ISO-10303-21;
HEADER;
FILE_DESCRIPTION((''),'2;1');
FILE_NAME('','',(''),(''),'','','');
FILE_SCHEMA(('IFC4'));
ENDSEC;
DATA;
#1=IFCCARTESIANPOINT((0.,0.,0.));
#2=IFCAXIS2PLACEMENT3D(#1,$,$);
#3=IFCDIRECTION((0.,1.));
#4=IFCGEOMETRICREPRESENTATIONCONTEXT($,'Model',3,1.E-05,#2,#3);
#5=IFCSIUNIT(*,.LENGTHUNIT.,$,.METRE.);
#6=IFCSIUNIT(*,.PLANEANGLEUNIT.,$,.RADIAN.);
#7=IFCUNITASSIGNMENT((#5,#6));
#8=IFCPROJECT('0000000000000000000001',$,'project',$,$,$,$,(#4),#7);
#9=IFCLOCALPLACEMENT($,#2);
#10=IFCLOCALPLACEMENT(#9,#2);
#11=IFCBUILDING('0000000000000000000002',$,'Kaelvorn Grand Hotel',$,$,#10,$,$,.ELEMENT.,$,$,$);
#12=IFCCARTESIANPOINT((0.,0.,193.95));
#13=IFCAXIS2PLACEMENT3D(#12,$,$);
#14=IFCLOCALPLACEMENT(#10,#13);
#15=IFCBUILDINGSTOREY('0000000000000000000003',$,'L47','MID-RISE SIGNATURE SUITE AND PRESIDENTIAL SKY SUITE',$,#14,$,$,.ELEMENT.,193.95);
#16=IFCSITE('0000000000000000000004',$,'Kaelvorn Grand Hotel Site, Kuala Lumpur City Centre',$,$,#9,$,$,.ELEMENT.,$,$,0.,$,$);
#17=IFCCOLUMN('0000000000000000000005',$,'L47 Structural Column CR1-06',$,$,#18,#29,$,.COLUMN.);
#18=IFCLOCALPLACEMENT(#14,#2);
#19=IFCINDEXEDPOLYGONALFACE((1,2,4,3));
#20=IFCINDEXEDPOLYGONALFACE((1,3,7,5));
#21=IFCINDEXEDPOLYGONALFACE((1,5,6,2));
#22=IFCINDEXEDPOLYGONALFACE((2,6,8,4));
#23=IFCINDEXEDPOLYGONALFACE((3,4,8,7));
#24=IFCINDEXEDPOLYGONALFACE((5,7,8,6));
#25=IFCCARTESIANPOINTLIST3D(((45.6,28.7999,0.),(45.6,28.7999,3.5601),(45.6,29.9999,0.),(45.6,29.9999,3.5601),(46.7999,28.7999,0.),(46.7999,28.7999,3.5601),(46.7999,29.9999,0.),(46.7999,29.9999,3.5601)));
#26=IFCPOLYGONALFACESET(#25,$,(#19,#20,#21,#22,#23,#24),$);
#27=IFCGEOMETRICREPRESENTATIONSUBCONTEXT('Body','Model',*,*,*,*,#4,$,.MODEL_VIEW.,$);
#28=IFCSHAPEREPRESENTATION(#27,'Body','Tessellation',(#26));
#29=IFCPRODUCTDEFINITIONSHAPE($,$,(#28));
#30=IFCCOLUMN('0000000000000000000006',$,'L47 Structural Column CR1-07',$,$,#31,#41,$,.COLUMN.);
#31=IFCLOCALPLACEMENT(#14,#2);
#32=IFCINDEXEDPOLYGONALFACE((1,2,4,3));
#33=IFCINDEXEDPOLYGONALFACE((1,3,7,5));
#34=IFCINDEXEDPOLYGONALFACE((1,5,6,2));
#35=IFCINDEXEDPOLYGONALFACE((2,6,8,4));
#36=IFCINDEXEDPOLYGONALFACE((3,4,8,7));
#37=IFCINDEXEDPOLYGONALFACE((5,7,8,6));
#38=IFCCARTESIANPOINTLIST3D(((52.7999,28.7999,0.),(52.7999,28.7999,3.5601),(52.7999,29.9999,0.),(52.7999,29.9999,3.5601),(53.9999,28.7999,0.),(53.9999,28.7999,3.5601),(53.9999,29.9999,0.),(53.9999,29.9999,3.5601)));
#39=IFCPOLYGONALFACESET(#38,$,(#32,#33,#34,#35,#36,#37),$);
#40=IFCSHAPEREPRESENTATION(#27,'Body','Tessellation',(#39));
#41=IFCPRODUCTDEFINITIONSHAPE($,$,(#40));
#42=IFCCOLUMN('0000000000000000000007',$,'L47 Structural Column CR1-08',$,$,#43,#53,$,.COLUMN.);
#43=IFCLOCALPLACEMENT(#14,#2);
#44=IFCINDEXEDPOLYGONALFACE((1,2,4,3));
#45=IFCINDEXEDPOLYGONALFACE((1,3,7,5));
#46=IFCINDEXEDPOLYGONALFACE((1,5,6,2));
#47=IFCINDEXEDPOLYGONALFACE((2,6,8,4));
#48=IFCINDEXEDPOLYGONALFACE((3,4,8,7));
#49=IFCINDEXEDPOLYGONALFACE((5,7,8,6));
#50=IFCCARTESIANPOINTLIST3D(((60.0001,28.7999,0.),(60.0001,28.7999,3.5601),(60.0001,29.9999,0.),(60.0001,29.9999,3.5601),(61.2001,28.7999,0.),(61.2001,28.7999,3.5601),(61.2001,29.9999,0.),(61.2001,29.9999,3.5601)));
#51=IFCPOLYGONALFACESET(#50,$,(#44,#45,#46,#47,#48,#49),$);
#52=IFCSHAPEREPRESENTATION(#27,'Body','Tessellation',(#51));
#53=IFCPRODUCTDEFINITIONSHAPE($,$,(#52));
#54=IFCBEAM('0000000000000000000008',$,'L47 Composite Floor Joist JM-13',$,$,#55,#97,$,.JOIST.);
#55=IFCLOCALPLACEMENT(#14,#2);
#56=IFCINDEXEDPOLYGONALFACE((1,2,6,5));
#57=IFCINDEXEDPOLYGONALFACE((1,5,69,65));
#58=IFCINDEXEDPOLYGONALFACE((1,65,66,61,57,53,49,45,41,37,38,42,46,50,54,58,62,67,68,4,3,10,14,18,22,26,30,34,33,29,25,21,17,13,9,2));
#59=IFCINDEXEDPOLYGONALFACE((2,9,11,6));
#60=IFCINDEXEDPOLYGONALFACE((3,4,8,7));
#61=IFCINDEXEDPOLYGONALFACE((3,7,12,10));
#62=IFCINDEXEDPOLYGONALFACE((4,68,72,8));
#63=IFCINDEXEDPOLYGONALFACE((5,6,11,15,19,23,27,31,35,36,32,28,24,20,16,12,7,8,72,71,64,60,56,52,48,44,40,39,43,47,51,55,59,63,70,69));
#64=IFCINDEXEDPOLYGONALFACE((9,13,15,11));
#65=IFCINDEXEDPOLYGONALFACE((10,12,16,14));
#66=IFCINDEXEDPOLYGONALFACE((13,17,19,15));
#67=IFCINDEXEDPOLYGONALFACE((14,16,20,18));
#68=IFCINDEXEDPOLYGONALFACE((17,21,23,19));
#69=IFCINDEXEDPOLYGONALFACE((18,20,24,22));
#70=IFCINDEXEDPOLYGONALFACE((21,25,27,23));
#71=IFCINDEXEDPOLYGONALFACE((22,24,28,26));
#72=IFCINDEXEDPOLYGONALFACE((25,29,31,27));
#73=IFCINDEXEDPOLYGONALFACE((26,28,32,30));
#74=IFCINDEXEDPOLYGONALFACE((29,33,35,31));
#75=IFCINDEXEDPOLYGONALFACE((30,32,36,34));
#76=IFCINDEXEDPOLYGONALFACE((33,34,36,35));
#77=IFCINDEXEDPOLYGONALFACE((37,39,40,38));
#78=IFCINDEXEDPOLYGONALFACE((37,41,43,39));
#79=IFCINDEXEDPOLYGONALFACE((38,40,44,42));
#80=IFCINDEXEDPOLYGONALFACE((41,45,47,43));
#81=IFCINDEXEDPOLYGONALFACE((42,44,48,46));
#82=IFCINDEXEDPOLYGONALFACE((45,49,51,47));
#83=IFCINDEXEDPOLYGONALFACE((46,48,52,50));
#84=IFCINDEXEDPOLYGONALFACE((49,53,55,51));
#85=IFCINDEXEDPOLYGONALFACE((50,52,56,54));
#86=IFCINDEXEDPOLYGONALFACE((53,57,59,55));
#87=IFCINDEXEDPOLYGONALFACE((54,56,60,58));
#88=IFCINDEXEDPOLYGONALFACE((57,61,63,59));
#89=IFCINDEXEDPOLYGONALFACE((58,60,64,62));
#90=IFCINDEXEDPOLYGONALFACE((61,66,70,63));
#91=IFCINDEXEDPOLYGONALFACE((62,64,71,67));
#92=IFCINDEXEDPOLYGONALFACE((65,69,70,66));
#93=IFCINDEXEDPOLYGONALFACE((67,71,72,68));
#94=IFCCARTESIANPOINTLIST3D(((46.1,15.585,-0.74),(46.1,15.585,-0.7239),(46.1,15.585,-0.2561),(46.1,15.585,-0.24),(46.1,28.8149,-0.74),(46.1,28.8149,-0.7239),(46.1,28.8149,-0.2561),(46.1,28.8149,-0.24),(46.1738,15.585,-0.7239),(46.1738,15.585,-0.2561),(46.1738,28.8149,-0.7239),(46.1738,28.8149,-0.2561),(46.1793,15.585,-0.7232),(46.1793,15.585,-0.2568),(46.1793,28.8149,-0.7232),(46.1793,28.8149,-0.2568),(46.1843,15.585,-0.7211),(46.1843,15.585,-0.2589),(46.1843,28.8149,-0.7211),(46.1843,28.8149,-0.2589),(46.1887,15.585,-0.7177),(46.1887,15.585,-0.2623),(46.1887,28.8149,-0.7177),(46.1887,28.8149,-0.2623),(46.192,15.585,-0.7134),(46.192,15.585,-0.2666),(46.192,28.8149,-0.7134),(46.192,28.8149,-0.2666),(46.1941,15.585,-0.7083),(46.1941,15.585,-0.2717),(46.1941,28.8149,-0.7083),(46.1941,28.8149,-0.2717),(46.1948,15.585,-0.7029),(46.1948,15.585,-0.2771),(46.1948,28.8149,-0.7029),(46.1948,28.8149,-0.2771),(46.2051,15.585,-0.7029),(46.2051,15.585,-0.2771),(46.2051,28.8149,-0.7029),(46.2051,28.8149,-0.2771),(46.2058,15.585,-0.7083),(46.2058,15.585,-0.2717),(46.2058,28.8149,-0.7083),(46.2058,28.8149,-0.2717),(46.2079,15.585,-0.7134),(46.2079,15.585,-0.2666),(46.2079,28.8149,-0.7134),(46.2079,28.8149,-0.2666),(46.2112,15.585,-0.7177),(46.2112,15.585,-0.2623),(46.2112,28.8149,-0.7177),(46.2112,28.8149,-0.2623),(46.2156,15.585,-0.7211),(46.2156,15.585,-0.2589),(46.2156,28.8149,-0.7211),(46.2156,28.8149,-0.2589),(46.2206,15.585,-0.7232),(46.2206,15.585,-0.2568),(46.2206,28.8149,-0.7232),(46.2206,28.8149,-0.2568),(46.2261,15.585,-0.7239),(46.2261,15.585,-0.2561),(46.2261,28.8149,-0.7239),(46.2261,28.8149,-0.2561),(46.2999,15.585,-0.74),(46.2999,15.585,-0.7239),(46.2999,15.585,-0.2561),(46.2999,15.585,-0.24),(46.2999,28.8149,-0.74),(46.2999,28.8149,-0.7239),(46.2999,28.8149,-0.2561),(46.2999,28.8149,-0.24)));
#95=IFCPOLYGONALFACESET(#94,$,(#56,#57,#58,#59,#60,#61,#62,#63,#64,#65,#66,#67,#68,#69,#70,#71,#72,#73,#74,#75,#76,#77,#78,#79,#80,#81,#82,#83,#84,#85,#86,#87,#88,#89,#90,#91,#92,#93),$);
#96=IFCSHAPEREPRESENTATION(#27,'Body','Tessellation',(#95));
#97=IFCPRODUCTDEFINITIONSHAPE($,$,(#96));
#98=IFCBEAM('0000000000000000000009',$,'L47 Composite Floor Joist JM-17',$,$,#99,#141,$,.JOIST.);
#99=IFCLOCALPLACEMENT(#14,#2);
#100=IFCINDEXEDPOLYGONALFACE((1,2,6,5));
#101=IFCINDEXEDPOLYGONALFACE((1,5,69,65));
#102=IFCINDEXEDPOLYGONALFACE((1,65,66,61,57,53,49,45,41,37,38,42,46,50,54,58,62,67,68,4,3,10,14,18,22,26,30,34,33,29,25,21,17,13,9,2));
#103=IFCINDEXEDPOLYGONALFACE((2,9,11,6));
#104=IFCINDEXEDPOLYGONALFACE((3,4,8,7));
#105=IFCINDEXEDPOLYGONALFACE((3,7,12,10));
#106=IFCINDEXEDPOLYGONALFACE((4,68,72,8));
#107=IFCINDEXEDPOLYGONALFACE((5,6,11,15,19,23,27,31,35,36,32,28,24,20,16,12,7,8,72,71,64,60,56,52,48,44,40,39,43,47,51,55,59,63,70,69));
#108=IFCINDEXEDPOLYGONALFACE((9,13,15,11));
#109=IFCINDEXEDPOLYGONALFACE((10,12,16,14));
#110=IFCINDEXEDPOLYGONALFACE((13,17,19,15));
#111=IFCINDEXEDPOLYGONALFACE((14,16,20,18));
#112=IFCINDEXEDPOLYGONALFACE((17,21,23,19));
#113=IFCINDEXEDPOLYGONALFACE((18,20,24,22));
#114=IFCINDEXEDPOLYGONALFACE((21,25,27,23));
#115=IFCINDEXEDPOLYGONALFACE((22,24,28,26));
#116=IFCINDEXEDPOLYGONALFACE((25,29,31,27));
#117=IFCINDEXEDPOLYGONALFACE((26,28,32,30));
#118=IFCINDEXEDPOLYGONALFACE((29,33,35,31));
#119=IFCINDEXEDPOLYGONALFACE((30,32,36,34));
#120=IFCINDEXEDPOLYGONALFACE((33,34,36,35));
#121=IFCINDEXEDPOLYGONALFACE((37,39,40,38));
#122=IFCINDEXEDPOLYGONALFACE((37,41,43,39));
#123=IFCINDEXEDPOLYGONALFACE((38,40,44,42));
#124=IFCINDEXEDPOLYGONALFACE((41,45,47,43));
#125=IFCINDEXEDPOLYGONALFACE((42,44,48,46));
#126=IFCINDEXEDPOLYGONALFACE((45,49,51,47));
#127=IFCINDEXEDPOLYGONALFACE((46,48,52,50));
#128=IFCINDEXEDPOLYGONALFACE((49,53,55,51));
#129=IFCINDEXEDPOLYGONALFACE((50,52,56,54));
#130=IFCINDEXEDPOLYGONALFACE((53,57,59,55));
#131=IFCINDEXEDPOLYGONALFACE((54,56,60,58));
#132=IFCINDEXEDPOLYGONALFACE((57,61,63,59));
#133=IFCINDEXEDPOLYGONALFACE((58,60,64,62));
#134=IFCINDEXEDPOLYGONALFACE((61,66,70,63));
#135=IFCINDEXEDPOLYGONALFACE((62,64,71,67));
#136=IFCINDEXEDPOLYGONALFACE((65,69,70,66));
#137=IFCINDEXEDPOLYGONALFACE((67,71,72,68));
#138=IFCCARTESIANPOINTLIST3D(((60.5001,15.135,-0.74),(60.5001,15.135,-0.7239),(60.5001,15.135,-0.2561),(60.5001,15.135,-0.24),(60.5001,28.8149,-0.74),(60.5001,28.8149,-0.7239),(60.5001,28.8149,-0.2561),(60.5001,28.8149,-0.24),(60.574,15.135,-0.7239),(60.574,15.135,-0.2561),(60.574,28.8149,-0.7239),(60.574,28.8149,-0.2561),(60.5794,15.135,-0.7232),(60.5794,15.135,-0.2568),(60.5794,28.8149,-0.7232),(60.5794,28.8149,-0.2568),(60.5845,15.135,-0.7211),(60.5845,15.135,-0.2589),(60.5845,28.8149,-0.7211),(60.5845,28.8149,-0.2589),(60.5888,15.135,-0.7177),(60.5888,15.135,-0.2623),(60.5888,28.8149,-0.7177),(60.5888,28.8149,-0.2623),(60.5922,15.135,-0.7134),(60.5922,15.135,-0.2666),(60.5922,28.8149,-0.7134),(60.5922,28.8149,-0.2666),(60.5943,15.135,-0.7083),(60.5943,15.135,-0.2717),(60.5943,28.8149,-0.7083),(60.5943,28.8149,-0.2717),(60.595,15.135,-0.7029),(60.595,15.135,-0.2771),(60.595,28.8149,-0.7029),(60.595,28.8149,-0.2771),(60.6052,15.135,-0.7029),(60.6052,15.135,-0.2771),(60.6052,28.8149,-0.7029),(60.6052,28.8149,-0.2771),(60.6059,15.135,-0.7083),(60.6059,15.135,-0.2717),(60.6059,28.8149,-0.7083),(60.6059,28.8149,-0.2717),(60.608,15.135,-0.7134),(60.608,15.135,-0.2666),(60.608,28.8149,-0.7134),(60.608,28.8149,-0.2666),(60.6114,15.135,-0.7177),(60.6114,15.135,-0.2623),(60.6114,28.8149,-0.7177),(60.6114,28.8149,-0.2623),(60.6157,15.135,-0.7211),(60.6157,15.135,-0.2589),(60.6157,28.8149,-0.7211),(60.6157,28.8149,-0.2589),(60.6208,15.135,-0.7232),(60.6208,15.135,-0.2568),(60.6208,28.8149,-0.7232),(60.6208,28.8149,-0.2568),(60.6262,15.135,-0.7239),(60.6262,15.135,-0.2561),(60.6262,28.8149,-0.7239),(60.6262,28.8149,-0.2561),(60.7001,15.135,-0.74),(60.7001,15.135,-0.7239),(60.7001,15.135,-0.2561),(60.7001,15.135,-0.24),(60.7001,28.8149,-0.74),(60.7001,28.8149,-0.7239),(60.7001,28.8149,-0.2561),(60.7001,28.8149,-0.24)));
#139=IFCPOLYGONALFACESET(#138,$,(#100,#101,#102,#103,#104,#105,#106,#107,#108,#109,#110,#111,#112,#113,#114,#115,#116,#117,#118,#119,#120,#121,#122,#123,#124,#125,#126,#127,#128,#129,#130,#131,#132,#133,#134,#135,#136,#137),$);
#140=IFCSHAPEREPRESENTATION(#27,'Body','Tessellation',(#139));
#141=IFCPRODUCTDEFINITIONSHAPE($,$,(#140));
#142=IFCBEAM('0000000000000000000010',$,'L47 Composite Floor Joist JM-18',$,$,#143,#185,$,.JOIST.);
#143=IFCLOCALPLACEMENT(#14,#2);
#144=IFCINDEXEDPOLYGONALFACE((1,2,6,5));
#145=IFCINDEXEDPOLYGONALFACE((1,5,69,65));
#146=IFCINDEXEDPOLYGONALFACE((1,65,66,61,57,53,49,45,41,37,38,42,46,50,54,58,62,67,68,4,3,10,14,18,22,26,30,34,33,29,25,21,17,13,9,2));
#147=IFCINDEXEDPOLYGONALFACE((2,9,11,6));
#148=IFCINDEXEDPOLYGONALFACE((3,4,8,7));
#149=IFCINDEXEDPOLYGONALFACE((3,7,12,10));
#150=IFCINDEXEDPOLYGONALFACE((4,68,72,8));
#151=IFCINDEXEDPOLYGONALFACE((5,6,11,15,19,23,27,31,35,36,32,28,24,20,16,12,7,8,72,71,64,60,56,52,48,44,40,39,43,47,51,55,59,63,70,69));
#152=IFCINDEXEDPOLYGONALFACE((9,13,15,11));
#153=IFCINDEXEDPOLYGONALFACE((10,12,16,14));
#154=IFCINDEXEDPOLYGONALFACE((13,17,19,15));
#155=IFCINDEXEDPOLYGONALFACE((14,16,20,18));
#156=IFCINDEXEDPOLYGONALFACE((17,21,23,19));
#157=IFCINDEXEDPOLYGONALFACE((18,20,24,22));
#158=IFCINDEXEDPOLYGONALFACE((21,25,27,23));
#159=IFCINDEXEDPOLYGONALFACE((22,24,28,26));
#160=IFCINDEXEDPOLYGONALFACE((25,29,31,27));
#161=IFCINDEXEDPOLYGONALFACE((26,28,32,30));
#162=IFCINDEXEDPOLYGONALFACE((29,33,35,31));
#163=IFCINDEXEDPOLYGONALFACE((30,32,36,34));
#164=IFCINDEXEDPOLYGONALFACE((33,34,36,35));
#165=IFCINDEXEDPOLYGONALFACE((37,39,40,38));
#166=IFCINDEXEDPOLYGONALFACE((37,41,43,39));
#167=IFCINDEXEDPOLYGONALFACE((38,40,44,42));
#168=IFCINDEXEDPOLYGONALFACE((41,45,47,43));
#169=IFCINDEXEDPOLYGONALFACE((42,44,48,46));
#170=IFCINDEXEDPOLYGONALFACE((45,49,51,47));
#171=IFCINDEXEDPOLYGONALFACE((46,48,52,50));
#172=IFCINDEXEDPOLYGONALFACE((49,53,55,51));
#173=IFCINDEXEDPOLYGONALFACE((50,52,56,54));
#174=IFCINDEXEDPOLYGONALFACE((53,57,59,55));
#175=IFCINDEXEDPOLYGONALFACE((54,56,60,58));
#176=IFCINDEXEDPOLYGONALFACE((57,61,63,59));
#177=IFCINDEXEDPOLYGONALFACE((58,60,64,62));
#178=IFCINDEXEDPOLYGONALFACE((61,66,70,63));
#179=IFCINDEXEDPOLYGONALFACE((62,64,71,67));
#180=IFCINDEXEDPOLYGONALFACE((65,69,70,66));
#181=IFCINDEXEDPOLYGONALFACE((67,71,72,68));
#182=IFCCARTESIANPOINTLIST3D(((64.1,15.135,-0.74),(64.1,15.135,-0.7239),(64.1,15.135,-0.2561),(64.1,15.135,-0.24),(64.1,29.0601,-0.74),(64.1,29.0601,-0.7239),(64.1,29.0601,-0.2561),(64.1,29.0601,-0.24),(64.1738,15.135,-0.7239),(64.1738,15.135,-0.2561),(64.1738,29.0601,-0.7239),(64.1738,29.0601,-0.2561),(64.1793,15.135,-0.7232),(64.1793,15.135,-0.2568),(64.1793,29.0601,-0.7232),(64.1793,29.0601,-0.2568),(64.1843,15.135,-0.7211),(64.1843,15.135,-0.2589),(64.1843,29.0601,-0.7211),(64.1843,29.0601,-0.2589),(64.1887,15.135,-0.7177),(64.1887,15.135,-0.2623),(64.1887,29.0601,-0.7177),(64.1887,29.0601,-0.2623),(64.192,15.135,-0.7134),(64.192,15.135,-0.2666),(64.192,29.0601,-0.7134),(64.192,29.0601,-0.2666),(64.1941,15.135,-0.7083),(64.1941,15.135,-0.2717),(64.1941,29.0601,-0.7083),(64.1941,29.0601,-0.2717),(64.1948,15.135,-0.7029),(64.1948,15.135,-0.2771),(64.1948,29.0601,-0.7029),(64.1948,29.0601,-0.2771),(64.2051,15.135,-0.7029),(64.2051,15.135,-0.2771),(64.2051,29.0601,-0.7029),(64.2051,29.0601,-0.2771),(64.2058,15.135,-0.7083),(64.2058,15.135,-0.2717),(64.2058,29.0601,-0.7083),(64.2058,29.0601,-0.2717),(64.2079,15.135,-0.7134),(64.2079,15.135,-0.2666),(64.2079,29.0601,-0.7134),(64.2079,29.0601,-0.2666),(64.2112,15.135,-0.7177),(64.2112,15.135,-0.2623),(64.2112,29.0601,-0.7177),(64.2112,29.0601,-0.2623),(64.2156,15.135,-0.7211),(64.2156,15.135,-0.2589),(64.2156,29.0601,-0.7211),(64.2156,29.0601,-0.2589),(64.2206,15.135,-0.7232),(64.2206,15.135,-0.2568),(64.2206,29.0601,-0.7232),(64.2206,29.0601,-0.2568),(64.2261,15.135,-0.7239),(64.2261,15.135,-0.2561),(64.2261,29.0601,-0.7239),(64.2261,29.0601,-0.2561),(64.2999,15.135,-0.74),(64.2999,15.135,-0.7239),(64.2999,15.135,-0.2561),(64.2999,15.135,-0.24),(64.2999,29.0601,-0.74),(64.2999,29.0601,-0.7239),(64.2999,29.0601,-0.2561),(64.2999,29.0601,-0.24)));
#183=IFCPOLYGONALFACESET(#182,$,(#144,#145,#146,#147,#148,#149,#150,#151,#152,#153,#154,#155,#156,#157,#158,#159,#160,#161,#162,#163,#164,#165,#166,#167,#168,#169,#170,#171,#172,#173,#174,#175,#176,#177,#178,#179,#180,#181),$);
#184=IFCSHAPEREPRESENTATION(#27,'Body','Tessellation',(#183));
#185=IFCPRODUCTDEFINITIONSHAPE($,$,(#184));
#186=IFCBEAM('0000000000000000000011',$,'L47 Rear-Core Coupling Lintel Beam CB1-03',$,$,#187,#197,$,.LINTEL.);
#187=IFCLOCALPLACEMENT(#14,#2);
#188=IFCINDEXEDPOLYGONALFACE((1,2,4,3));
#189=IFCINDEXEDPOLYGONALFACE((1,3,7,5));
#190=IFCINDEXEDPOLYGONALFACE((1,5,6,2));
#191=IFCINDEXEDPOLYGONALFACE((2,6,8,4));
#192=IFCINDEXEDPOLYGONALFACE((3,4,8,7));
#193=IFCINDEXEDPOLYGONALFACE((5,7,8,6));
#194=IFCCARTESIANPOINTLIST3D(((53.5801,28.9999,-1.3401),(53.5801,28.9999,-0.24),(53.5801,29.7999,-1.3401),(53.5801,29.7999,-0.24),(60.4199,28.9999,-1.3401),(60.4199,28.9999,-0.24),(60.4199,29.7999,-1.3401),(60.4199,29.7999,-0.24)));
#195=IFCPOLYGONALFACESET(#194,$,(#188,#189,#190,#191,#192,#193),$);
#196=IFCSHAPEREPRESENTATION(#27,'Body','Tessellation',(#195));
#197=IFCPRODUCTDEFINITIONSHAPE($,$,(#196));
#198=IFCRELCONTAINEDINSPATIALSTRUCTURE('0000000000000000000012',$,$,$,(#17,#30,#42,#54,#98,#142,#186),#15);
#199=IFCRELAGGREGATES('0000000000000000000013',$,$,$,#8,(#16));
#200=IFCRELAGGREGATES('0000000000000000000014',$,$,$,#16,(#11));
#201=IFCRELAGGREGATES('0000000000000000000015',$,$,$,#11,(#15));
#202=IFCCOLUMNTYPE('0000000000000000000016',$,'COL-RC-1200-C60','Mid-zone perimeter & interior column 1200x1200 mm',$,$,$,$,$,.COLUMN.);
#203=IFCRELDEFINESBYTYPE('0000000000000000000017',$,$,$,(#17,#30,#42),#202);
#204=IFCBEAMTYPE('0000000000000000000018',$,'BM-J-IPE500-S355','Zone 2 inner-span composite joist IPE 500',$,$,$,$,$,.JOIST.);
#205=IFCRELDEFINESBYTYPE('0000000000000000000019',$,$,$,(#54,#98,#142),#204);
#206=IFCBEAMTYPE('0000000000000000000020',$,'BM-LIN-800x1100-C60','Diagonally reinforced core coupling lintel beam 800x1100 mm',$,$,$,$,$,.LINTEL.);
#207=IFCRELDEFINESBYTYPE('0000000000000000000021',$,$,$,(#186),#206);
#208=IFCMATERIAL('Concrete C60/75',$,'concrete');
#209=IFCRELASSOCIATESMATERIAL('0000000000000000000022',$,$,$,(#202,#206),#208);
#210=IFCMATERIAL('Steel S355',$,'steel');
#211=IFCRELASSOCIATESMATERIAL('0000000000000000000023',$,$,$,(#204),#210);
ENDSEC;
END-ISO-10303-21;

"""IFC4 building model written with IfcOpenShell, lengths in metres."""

from ifc_helpers import new_model, si_unit, direction, frame, origin, origin_2d, place, context, subcontext, project, spatial, rectangle, i_section, extrude, material, material_profile, profile_set, type_object, element, save


model = new_model("IFC4")

# Units and contexts
model_context = context("Model", 3, precision=1e-05, world=origin(), true_north=direction((0.0, 1.0)))
body_context = subcontext(model_context, "Body", "Model", "MODEL_VIEW")
ifc_project = project(units=[si_unit("LENGTHUNIT", "METRE"), si_unit("PLANEANGLEUNIT", "RADIAN")], contexts=[model_context])

# Site, building, storey
site_placement = place(None, origin())
site = spatial("IfcSite", under=ifc_project, at=site_placement, Name="Kaelvorn Grand Hotel Site, Kuala Lumpur City Centre", CompositionType="ELEMENT", RefElevation=0.0)
building_placement = place(site_placement, origin())
building = spatial("IfcBuilding", under=site, at=building_placement, Name="Kaelvorn Grand Hotel", CompositionType="ELEMENT")
storey_placement = place(building_placement, frame((0.0, 0.0, 193.95)))
storey = spatial("IfcBuildingStorey", under=building, at=storey_placement, Name="L47", Description="MID-RISE SIGNATURE SUITE AND PRESIDENTIAL SKY SUITE", CompositionType="ELEMENT", Elevation=193.95)

# Columns
ifc_material_1 = material(Name="Concrete C60/75", Category="concrete")
ifc_material_profile_1 = material_profile(ifc_material_1, rectangle(XDim=1.2, YDim=1.2, at=origin_2d()), Name="RC COL 1200x1200")
ifc_profile_set_1 = profile_set([ifc_material_profile_1], Name="Concrete C60/75")
column_type = type_object("IfcColumnType", Name="COL-RC-1200-C60", Description="Mid-zone perimeter & interior column 1200x1200 mm", PredefinedType="COLUMN", material=ifc_profile_set_1)
for number, where, z_axis, x_axis, name in (
    (1, (46.2, 29.3999, 0.0), (0.0, 0.0, 1.0), (1.0, 0.0, 0.0), "L47 Structural Column CR1-06"),
    (2, (53.3999, 29.3999, 0.0), (0.0, 0.0, 1.0), (1.0, 0.0, 0.0), "L47 Structural Column CR1-07"),
    (3, (60.6001, 29.3999, 0.0), (0.0, 0.0, 1.0), (1.0, 0.0, 0.0), "L47 Structural Column CR1-08"),
):
    element("IfcColumn", number, at=place(storey_placement, frame(where, z_axis=z_axis, x_axis=x_axis)), inside=storey, type_object=column_type, Name=name, PredefinedType="COLUMN", context=body_context, shape_type="SweptSolid", body=[
        extrude(rectangle(XDim=1.2, YDim=1.2, at=origin_2d()), origin(), (0.0, 0.0, 1.0), 3.5601),
    ])

# Beams
ifc_material_2 = material(Name="Steel S355", Category="steel")
ifc_material_profile_2 = material_profile(ifc_material_2, i_section(OverallWidth=0.2, OverallDepth=0.5, WebThickness=0.0103, FlangeThickness=0.0161, FilletRadius=0.021, at=origin_2d()), Name="IPE 500")
ifc_profile_set_2 = profile_set([ifc_material_profile_2], Name="Steel S355")
beam_type_1 = type_object("IfcBeamType", Name="BM-J-IPE500-S355", Description="Zone 2 inner-span composite joist IPE 500", PredefinedType="JOIST", material=ifc_profile_set_2)
beam_1_placement = place(storey_placement, frame((46.2, 15.585, -0.49), z_axis=(0.0, 1.0, 0.0), x_axis=(-1.0, 0.0, 0.0)))
element("IfcBeam", 4, at=beam_1_placement, inside=storey, type_object=beam_type_1, Name="L47 Composite Floor Joist JM-13", PredefinedType="JOIST", context=body_context, shape_type="SweptSolid", body=[
    extrude(i_section(OverallWidth=0.2, OverallDepth=0.5, WebThickness=0.0103, FlangeThickness=0.0161, FilletRadius=0.021, at=origin_2d()), origin(), (0.0, 0.0, 1.0), 13.23),
])
beam_2_placement = place(storey_placement, frame((60.6001, 15.135, -0.49), z_axis=(0.0, 1.0, 0.0), x_axis=(-1.0, 0.0, 0.0)))
element("IfcBeam", 5, at=beam_2_placement, inside=storey, type_object=beam_type_1, Name="L47 Composite Floor Joist JM-17", PredefinedType="JOIST", context=body_context, shape_type="SweptSolid", body=[
    extrude(i_section(OverallWidth=0.2, OverallDepth=0.5, WebThickness=0.0103, FlangeThickness=0.0161, FilletRadius=0.021, at=origin_2d()), origin(), (0.0, 0.0, 1.0), 13.6799),
])
beam_3_placement = place(storey_placement, frame((64.2, 15.135, -0.49), z_axis=(0.0, 1.0, 0.0), x_axis=(-1.0, 0.0, 0.0)))
element("IfcBeam", 6, at=beam_3_placement, inside=storey, type_object=beam_type_1, Name="L47 Composite Floor Joist JM-18", PredefinedType="JOIST", context=body_context, shape_type="SweptSolid", body=[
    extrude(i_section(OverallWidth=0.2, OverallDepth=0.5, WebThickness=0.0103, FlangeThickness=0.0161, FilletRadius=0.021, at=origin_2d()), origin(), (0.0, 0.0, 1.0), 13.925),
])
ifc_material_profile_3 = material_profile(ifc_material_1, rectangle(XDim=0.8, YDim=1.1001, at=origin_2d()), Name="RC LINTEL 800x1100")
ifc_profile_set_3 = profile_set([ifc_material_profile_3], Name="Concrete C60/75")
beam_type_2 = type_object("IfcBeamType", Name="BM-LIN-800x1100-C60", Description="Diagonally reinforced core coupling lintel beam 800x1100 mm", PredefinedType="LINTEL", material=ifc_profile_set_3)
beam_4_placement = place(storey_placement, frame((53.5801, 29.3999, -0.79), z_axis=(1.0, 0.0, 0.0), x_axis=(0.0, 1.0, 0.0)))
element("IfcBeam", 7, at=beam_4_placement, inside=storey, type_object=beam_type_2, Name="L47 Rear-Core Coupling Lintel Beam CB1-03", PredefinedType="LINTEL", context=body_context, shape_type="SweptSolid", body=[
    extrude(rectangle(XDim=0.8, YDim=1.1001, at=origin_2d()), origin(), (0.0, 0.0, 1.0), 6.8398),
])

save(model, "model.ifc")
